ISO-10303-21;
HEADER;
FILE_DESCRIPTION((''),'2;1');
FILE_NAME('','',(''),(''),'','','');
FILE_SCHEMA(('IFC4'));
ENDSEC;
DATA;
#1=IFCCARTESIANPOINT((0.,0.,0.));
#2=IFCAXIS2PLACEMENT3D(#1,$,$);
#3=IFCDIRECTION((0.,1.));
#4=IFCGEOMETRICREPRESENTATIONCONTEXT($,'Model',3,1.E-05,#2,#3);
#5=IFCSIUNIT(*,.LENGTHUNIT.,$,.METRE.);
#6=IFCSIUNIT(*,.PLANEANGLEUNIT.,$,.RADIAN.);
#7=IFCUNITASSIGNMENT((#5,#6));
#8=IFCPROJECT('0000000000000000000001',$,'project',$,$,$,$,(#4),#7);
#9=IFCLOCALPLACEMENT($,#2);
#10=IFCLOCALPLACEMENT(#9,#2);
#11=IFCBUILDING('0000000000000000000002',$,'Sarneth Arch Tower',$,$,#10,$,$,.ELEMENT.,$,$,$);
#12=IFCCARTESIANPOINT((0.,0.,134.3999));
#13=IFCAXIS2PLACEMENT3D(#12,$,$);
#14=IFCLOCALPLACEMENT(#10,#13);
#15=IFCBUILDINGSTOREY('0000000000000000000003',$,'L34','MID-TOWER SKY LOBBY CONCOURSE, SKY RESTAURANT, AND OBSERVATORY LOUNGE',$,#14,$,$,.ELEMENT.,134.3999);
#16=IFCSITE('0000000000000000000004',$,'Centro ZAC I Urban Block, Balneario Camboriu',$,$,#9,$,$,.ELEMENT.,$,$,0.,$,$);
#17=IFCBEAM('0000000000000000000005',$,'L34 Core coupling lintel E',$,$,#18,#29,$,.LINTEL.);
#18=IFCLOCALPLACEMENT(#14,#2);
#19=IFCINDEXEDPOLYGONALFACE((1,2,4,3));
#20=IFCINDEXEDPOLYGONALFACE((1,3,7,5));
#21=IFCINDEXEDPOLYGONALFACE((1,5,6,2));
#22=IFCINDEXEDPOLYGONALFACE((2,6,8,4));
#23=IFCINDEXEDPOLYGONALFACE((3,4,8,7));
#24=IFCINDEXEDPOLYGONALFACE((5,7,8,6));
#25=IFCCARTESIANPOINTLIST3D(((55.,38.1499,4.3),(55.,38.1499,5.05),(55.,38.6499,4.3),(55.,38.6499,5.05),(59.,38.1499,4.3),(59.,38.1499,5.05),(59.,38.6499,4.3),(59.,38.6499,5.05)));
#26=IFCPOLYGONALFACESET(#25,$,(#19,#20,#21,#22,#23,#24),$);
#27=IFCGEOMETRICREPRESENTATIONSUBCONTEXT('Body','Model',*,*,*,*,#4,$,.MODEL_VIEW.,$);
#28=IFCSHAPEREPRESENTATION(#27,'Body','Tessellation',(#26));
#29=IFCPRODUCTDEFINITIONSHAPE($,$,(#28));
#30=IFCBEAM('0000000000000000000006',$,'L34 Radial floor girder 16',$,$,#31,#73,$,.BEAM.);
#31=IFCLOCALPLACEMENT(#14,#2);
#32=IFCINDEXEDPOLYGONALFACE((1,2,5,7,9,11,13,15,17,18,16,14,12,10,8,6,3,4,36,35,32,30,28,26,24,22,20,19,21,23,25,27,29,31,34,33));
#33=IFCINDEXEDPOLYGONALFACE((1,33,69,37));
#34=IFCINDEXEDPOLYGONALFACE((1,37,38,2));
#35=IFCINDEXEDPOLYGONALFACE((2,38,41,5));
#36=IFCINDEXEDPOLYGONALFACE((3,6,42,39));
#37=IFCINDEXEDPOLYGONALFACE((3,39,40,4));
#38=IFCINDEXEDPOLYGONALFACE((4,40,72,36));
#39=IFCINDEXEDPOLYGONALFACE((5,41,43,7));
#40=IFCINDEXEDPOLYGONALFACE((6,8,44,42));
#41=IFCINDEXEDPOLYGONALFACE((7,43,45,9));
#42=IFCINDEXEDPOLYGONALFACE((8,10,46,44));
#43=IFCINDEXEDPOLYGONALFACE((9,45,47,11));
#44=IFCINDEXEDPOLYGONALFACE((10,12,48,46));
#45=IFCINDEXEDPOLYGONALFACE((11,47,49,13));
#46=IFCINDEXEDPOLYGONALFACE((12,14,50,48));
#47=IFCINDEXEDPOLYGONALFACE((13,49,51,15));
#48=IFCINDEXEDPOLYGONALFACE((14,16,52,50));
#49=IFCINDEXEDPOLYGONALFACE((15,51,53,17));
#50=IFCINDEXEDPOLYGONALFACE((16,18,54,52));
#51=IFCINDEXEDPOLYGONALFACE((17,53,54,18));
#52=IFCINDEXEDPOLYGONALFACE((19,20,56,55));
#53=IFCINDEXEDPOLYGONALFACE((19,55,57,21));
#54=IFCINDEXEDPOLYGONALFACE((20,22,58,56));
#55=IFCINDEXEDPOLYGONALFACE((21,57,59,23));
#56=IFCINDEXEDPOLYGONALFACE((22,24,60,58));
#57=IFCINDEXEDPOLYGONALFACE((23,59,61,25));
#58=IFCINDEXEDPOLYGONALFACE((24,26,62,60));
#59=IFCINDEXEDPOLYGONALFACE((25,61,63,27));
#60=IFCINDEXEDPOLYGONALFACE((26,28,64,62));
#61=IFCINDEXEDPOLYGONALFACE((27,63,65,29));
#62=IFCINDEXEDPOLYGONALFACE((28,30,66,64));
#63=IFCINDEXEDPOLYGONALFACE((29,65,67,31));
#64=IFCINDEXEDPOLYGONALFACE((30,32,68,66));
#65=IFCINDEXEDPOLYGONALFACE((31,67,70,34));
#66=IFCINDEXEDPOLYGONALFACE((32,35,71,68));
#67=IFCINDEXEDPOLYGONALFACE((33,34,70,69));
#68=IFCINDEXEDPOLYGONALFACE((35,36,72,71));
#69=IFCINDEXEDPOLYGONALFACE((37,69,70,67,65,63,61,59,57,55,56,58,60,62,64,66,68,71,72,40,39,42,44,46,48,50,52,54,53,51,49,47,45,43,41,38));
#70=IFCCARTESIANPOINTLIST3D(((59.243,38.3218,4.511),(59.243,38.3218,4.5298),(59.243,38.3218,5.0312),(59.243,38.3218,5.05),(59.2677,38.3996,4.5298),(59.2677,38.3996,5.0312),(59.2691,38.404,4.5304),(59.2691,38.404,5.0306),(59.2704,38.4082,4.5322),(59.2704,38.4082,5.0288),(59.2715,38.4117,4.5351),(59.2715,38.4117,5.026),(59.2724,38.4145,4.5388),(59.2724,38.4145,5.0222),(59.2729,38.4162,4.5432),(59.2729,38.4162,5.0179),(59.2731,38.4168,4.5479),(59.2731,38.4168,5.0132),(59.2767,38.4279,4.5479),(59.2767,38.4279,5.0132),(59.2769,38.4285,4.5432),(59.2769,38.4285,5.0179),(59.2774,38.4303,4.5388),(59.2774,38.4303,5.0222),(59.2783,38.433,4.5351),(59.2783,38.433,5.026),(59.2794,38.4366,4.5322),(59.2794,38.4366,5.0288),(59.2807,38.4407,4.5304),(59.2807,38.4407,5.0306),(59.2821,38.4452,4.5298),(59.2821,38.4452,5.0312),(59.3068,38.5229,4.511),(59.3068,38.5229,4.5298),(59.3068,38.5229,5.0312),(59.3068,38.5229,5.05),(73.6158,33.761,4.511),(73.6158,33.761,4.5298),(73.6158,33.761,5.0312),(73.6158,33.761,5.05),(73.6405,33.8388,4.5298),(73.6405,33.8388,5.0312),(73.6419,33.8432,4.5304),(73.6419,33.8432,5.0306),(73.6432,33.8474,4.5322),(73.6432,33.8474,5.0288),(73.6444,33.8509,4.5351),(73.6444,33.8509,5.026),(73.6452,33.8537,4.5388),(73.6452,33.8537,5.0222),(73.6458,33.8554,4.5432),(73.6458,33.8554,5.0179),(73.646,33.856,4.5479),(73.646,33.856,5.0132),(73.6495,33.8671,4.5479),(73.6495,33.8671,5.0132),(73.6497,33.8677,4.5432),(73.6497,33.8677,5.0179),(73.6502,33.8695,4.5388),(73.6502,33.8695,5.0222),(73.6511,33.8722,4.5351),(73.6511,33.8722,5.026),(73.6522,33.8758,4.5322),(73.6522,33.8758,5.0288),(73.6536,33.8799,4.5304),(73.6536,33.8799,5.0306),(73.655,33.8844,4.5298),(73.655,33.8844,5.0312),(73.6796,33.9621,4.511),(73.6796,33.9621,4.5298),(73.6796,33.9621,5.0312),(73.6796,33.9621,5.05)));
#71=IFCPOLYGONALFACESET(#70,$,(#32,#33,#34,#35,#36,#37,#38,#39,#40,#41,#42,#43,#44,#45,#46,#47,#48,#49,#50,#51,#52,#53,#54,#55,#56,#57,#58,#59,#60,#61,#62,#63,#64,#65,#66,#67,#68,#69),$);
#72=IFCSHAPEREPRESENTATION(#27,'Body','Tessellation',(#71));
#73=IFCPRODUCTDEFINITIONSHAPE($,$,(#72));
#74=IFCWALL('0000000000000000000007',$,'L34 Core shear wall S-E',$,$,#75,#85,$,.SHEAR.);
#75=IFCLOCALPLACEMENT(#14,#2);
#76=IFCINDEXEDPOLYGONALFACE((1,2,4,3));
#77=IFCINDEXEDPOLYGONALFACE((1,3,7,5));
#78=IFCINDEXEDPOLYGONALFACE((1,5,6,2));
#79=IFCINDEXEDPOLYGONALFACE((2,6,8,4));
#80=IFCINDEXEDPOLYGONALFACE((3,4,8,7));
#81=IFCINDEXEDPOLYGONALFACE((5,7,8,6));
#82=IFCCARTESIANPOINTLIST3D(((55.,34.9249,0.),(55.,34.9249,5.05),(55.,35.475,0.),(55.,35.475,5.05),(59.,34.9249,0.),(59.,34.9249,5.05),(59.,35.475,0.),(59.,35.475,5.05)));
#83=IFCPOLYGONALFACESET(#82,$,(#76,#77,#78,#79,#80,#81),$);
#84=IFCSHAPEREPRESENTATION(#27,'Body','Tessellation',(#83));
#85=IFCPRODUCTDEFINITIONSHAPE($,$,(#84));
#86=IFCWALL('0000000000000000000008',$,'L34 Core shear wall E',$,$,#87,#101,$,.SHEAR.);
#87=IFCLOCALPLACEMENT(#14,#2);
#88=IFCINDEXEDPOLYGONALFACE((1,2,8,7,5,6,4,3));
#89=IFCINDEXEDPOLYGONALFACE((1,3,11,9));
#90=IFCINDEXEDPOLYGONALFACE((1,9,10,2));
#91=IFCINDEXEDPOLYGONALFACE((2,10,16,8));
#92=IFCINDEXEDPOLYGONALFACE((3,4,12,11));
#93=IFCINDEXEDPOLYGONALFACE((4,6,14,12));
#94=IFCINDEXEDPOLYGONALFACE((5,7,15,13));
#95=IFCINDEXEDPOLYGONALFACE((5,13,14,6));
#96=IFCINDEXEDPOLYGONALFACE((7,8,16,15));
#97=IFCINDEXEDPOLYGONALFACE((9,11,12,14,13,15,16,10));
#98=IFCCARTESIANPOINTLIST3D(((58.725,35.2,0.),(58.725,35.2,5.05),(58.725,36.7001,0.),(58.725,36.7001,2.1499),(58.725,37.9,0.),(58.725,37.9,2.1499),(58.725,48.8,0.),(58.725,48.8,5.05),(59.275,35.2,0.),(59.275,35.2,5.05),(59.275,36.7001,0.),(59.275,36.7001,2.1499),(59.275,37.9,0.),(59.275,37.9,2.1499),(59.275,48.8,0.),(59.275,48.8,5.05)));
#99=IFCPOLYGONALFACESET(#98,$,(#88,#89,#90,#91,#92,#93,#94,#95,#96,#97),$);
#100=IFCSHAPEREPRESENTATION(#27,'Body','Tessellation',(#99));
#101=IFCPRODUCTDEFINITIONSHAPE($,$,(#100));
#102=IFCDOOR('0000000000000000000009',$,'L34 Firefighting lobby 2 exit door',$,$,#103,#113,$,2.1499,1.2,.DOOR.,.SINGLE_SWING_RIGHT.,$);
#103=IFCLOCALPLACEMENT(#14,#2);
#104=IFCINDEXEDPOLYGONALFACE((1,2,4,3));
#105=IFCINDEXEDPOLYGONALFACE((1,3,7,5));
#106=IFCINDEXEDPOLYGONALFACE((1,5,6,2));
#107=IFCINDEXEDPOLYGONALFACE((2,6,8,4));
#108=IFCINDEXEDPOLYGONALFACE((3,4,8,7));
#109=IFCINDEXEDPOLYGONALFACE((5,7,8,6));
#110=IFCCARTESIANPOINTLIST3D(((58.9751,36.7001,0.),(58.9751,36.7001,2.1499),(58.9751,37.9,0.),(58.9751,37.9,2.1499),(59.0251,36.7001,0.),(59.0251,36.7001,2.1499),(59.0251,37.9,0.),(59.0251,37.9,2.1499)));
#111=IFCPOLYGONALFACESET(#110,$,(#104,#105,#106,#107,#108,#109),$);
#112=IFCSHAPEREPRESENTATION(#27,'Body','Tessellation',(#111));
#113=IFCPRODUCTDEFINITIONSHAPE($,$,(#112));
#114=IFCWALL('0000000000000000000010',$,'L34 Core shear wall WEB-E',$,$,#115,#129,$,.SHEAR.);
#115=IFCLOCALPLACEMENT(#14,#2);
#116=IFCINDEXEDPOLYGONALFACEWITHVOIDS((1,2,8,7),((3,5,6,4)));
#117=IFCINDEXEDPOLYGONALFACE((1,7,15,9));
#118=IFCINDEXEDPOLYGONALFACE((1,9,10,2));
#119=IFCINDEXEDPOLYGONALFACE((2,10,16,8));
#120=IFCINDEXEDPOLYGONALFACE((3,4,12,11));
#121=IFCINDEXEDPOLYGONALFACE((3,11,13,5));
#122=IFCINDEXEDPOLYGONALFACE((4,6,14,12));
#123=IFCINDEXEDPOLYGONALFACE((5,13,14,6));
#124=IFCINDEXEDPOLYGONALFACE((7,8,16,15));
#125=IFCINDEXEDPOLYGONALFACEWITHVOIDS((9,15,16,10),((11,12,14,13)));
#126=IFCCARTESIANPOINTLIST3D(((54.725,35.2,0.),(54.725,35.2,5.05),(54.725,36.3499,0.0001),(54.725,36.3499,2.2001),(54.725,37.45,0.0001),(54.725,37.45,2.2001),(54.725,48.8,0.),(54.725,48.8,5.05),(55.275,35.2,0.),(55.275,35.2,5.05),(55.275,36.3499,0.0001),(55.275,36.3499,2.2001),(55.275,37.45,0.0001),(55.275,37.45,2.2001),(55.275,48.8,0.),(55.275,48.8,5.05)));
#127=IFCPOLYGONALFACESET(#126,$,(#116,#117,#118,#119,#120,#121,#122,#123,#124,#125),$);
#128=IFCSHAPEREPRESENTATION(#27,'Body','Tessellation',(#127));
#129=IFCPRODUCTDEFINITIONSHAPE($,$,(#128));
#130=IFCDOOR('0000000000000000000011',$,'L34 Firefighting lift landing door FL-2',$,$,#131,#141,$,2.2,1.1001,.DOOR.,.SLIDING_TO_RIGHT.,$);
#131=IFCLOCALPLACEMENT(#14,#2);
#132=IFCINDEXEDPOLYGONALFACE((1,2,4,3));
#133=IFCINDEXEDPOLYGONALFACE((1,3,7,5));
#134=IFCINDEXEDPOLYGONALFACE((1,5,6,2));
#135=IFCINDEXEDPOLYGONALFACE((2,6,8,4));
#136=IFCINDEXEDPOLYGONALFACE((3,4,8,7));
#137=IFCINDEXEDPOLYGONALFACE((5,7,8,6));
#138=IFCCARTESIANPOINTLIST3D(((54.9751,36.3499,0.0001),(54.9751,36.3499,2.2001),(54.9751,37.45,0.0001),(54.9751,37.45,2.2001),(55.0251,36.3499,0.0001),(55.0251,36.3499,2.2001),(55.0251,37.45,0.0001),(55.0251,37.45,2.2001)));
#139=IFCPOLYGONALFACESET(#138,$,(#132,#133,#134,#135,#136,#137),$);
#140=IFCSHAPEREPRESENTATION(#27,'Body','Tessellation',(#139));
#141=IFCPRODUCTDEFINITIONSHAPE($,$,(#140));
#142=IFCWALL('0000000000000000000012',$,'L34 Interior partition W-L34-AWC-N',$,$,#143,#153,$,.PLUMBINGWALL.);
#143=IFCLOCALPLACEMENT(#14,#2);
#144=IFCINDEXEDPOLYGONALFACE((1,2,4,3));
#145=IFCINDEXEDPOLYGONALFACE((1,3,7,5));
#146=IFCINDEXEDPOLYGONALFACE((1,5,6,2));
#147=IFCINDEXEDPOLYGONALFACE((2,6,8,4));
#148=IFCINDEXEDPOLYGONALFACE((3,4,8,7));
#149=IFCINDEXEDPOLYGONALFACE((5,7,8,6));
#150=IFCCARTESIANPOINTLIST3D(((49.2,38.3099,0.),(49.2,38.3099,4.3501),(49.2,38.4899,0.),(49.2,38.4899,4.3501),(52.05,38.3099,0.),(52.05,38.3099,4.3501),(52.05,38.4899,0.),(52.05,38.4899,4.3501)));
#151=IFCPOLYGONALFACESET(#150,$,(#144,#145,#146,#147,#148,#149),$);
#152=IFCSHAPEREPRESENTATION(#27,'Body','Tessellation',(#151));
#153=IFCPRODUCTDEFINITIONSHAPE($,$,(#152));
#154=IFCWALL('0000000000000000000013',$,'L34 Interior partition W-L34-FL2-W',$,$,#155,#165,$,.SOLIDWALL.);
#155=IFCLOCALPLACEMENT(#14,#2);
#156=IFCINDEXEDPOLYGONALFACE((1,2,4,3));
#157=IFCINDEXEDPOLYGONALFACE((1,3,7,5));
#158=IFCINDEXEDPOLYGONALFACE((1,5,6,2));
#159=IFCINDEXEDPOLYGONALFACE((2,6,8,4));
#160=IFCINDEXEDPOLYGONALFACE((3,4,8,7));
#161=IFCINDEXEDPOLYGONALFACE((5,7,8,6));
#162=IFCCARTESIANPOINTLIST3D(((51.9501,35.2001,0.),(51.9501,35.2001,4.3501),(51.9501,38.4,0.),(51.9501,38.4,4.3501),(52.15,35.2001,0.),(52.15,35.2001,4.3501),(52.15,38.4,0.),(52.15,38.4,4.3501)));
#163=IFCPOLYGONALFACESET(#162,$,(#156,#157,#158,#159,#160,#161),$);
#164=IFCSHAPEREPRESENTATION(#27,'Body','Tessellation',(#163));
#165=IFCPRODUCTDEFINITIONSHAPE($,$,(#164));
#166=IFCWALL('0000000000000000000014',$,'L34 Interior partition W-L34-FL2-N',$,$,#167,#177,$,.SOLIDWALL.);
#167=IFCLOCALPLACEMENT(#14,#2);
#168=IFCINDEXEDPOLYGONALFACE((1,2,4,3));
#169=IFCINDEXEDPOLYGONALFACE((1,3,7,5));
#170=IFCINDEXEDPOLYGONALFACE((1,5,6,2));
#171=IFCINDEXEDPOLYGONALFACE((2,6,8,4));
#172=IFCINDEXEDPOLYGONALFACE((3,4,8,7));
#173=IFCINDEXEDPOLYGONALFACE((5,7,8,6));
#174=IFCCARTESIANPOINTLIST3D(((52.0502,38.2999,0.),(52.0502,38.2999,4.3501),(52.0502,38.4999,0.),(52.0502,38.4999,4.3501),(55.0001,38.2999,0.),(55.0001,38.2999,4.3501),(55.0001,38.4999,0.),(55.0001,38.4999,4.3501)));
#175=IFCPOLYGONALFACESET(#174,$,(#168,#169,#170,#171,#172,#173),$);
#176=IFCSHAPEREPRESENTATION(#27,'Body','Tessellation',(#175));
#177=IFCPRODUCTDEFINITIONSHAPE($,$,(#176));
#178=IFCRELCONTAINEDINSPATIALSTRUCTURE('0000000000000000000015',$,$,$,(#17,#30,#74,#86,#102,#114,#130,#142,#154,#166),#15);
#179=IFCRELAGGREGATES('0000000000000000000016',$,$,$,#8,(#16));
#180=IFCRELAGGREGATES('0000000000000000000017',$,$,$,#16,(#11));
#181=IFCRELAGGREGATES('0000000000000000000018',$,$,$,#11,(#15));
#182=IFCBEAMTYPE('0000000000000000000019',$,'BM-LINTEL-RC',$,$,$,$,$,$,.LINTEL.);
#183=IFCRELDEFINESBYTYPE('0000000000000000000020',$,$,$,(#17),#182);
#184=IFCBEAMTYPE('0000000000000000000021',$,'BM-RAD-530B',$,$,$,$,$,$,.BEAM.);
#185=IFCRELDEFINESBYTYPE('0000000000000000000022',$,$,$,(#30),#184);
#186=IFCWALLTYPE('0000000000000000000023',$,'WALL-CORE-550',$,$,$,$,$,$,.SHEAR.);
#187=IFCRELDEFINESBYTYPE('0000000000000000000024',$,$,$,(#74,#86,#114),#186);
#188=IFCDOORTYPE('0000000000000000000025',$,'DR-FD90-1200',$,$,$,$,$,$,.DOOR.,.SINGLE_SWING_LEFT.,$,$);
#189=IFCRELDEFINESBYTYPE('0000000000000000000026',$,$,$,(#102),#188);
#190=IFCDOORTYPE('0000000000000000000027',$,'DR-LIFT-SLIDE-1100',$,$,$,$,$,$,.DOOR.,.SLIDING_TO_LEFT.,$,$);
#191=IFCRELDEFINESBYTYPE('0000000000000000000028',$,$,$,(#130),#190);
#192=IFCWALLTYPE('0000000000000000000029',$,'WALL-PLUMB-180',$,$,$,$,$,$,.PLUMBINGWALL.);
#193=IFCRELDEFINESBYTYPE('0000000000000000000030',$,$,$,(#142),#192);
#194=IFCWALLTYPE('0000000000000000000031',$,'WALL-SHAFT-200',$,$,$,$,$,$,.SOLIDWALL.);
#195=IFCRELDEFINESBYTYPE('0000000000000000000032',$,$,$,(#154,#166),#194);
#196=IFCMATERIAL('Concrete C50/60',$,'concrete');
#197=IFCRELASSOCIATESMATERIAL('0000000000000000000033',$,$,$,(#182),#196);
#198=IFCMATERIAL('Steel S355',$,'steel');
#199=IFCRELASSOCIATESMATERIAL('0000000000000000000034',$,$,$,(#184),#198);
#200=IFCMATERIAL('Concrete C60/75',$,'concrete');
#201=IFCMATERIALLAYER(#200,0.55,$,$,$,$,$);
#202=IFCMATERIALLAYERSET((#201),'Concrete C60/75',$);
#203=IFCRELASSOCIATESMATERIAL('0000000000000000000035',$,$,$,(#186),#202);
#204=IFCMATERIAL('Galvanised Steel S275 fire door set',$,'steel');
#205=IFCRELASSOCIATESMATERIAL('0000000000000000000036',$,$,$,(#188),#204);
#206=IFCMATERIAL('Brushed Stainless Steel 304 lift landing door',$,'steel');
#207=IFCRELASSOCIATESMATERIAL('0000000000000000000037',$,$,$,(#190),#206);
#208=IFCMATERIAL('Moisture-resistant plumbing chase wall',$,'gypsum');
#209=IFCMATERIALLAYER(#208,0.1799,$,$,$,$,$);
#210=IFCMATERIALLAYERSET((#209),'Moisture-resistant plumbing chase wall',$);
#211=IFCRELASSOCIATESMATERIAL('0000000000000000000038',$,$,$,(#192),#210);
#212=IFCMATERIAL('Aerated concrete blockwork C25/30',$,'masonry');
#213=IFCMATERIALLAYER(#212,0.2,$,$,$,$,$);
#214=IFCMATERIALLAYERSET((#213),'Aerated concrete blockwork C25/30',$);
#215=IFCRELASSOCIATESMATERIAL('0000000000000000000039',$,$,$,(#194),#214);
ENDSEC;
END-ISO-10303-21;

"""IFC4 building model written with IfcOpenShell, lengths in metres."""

from ifc_helpers import new_model, si_unit, direction, frame, frame_2d, origin, origin_2d, place, context, subcontext, project, spatial, rectangle, i_section, extrude, material, layer, layer_set, material_profile, profile_set, type_object, element, fill, save


model = new_model("IFC4")

# Units and contexts
model_context = context("Model", 3, precision=1e-05, world=origin(), true_north=direction((0.0, 1.0)))
body_context = subcontext(model_context, "Body", "Model", "MODEL_VIEW")
ifc_project = project(units=[si_unit("LENGTHUNIT", "METRE"), si_unit("PLANEANGLEUNIT", "RADIAN")], contexts=[model_context])

# Site, building, storey
site_placement = place(None, origin())
site = spatial("IfcSite", under=ifc_project, at=site_placement, Name="Centro ZAC I Urban Block, Balneario Camboriu", CompositionType="ELEMENT", RefElevation=0.0)
building_placement = place(site_placement, origin())
building = spatial("IfcBuilding", under=site, at=building_placement, Name="Sarneth Arch Tower", CompositionType="ELEMENT")
storey_placement = place(building_placement, frame((0.0, 0.0, 134.3999)))
storey = spatial("IfcBuildingStorey", under=building, at=storey_placement, Name="L34", Description="MID-TOWER SKY LOBBY CONCOURSE, SKY RESTAURANT, AND OBSERVATORY LOUNGE", CompositionType="ELEMENT", Elevation=134.3999)

# Beams
ifc_material_1 = material(Name="Concrete C50/60", Category="concrete")
ifc_material_profile_1 = material_profile(ifc_material_1, rectangle(XDim=0.5, YDim=0.75, at=origin_2d()), Name="RC-500x750")
ifc_profile_set_1 = profile_set([ifc_material_profile_1], Name="Concrete C50/60")
beam_type_1 = type_object("IfcBeamType", Name="BM-LINTEL-RC", PredefinedType="LINTEL", material=ifc_profile_set_1)
beam_1_placement = place(storey_placement, frame((55.0, 38.3999, 4.675), z_axis=(1.0, 0.0, 0.0), x_axis=(0.0, 1.0, 0.0)))
element("IfcBeam", 1, at=beam_1_placement, inside=storey, type_object=beam_type_1, Name="L34 Core coupling lintel E", PredefinedType="LINTEL", context=body_context, shape_type="SweptSolid", body=[
    extrude(rectangle(XDim=0.5, YDim=0.75, at=origin_2d()), origin(), (0.0, 0.0, 1.0), 4.0),
])
ifc_material_2 = material(Name="Steel S355", Category="steel")
ifc_material_profile_2 = material_profile(ifc_material_2, i_section(OverallWidth=0.2109, OverallDepth=0.5391, WebThickness=0.0117, FlangeThickness=0.0188, FilletRadius=0.0181, at=origin_2d()), Name="W530x109")
ifc_profile_set_2 = profile_set([ifc_material_profile_2], Name="Steel S355")
beam_type_2 = type_object("IfcBeamType", Name="BM-RAD-530B", PredefinedType="BEAM", material=ifc_profile_set_2)
beam_2_placement = place(storey_placement, frame((59.2749, 38.4224, 4.7805), z_axis=(0.953163, -0.302458, 0.0), x_axis=(0.302458, 0.953163, 0.0)))
element("IfcBeam", 2, at=beam_2_placement, inside=storey, type_object=beam_type_2, Name="L34 Radial floor girder 16", PredefinedType="BEAM", context=body_context, shape_type="SweptSolid", body=[
    extrude(i_section(OverallWidth=0.2109, OverallDepth=0.5391, WebThickness=0.0117, FlangeThickness=0.0188, FilletRadius=0.0181, at=origin_2d()), origin(), (0.0, 0.0, 1.0), 15.0791),
])

# Wall
ifc_material_3 = material(Name="Concrete C60/75", Category="concrete")
ifc_layer_1 = layer(ifc_material_3, 0.55)
ifc_layer_set_1 = layer_set([ifc_layer_1], Name="Concrete C60/75")
wall_type_1 = type_object("IfcWallType", Name="WALL-CORE-550", PredefinedType="SHEAR", material=ifc_layer_set_1)
wall_1_placement = place(storey_placement, frame((55.0, 35.2, 0.0), z_axis=(0.0, 0.0, 1.0), x_axis=(1.0, 0.0, 0.0)))
element("IfcWall", 3, at=wall_1_placement, inside=storey, type_object=wall_type_1, Name="L34 Core shear wall S-E", PredefinedType="SHEAR", context=body_context, shape_type="SweptSolid", body=[
    extrude(rectangle(XDim=4.0, YDim=0.55, at=frame_2d((2.0, 0.0))), origin(), (0.0, 0.0, 1.0), 5.05),
])

# Walls, openings, doors
wall_2_placement = place(storey_placement, frame((59.0, 35.2, 0.0), z_axis=(0.0, 0.0, 1.0), x_axis=(0.0, 1.0, 0.0)))
wall_2 = element("IfcWall", 4, at=wall_2_placement, inside=storey, type_object=wall_type_1, Name="L34 Core shear wall E", PredefinedType="SHEAR", context=body_context, shape_type="SweptSolid", body=[
    extrude(rectangle(XDim=13.6001, YDim=0.55, at=frame_2d((6.8, 0.0))), origin(), (0.0, 0.0, 1.0), 5.05),
])
opening_1_placement = place(wall_2_placement, frame((1.5, 0.0, 0.0)))
opening_1 = element("IfcOpeningElement", 5, at=opening_1_placement, cuts=wall_2, PredefinedType="OPENING", context=body_context, shape_type="SweptSolid", body=[
    extrude(rectangle(XDim=1.2, YDim=2.1499, at=frame_2d((0.6001, 1.075))), frame((0.0, 0.2849, 0.0), z_axis=(0.0, -1.0, 0.0), x_axis=(1.0, 0.0, 0.0)), (0.0, 0.0, 1.0), 0.5701),
])
ifc_material_4 = material(Name="Galvanised Steel S275 fire door set", Category="steel")
door_type_1 = type_object("IfcDoorType", Name="DR-FD90-1200", OperationType="SINGLE_SWING_LEFT", PredefinedType="DOOR", material=ifc_material_4)
door_1_placement = place(opening_1_placement, origin())
door_1 = element("IfcDoor", 6, at=door_1_placement, inside=storey, type_object=door_type_1, Name="L34 Firefighting lobby 2 exit door", OperationType="SINGLE_SWING_RIGHT", OverallHeight=2.1499, OverallWidth=1.2, PredefinedType="DOOR", context=body_context, shape_type="SweptSolid", body=[
    extrude(rectangle(XDim=1.2, YDim=2.1499, at=frame_2d((0.6001, 1.075))), frame((0.0, 0.0249, 0.0), z_axis=(0.0, -1.0, 0.0), x_axis=(1.0, 0.0, 0.0)), (0.0, 0.0, 1.0), 0.05),
])
fill(opening_1, door_1)
wall_3_placement = place(storey_placement, frame((55.0, 35.2, 0.0), z_axis=(0.0, 0.0, 1.0), x_axis=(0.0, 1.0, 0.0)))
wall_3 = element("IfcWall", 7, at=wall_3_placement, inside=storey, type_object=wall_type_1, Name="L34 Core shear wall WEB-E", PredefinedType="SHEAR", context=body_context, shape_type="SweptSolid", body=[
    extrude(rectangle(XDim=13.6001, YDim=0.55, at=frame_2d((6.8, 0.0))), origin(), (0.0, 0.0, 1.0), 5.05),
])
opening_2_placement = place(wall_3_placement, frame((1.1499, 0.0, 0.0)))
opening_2 = element("IfcOpeningElement", 8, at=opening_2_placement, cuts=wall_3, PredefinedType="OPENING", context=body_context, shape_type="SweptSolid", body=[
    extrude(rectangle(XDim=1.1001, YDim=2.2, at=frame_2d((0.55, 1.1001))), frame((0.0, 0.2849, 0.0), z_axis=(0.0, -1.0, 0.0), x_axis=(1.0, 0.0, 0.0)), (0.0, 0.0, 1.0), 0.5701),
])
ifc_material_5 = material(Name="Brushed Stainless Steel 304 lift landing door", Category="steel")
door_type_2 = type_object("IfcDoorType", Name="DR-LIFT-SLIDE-1100", OperationType="SLIDING_TO_LEFT", PredefinedType="DOOR", material=ifc_material_5)
door_2_placement = place(opening_2_placement, origin())
door_2 = element("IfcDoor", 9, at=door_2_placement, inside=storey, type_object=door_type_2, Name="L34 Firefighting lift landing door FL-2", OperationType="SLIDING_TO_RIGHT", OverallHeight=2.2, OverallWidth=1.1001, PredefinedType="DOOR", context=body_context, shape_type="SweptSolid", body=[
    extrude(rectangle(XDim=1.1001, YDim=2.2, at=frame_2d((0.55, 1.1001))), frame((0.0, 0.0249, 0.0), z_axis=(0.0, -1.0, 0.0), x_axis=(1.0, 0.0, 0.0)), (0.0, 0.0, 1.0), 0.05),
])
fill(opening_2, door_2)

# Wall
ifc_material_6 = material(Name="Moisture-resistant plumbing chase wall", Category="gypsum")
ifc_layer_2 = layer(ifc_material_6, 0.1799)
ifc_layer_set_2 = layer_set([ifc_layer_2], Name="Moisture-resistant plumbing chase wall")
wall_type_2 = type_object("IfcWallType", Name="WALL-PLUMB-180", PredefinedType="PLUMBINGWALL", material=ifc_layer_set_2)
wall_4_placement = place(storey_placement, frame((49.2, 38.3999, 0.0), z_axis=(0.0, 0.0, 1.0), x_axis=(1.0, 0.0, 0.0)))
element("IfcWall", 10, at=wall_4_placement, inside=storey, type_object=wall_type_2, Name="L34 Interior partition W-L34-AWC-N", PredefinedType="PLUMBINGWALL", context=body_context, shape_type="SweptSolid", body=[
    extrude(rectangle(XDim=2.8501, YDim=0.1799, at=frame_2d((1.425, 0.0))), origin(), (0.0, 0.0, 1.0), 4.3501),
])

# Shared definitions
ifc_material_7 = material(Name="Aerated concrete blockwork C25/30", Category="masonry")
ifc_layer_3 = layer(ifc_material_7, 0.2)
ifc_layer_set_3 = layer_set([ifc_layer_3], Name="Aerated concrete blockwork C25/30")
wall_type_3 = type_object("IfcWallType", Name="WALL-SHAFT-200", PredefinedType="SOLIDWALL", material=ifc_layer_set_3)

# Walls
wall_5_placement = place(storey_placement, frame((52.05, 35.2, 0.0), z_axis=(0.0, 0.0, 1.0), x_axis=(0.0, 1.0, 0.0)))
element("IfcWall", 11, at=wall_5_placement, inside=storey, type_object=wall_type_3, Name="L34 Interior partition W-L34-FL2-W", PredefinedType="SOLIDWALL", context=body_context, shape_type="SweptSolid", body=[
    extrude(rectangle(XDim=3.2, YDim=0.2, at=frame_2d((1.6001, 0.0))), origin(), (0.0, 0.0, 1.0), 4.3501),
])
wall_6_placement = place(storey_placement, frame((52.05, 38.3999, 0.0), z_axis=(0.0, 0.0, 1.0), x_axis=(1.0, 0.0, 0.0)))
element("IfcWall", 12, at=wall_6_placement, inside=storey, type_object=wall_type_3, Name="L34 Interior partition W-L34-FL2-N", PredefinedType="SOLIDWALL", context=body_context, shape_type="SweptSolid", body=[
    extrude(rectangle(XDim=2.95, YDim=0.2, at=frame_2d((1.4751, 0.0))), origin(), (0.0, 0.0, 1.0), 4.3501),
])

save(model, "model.ifc")
